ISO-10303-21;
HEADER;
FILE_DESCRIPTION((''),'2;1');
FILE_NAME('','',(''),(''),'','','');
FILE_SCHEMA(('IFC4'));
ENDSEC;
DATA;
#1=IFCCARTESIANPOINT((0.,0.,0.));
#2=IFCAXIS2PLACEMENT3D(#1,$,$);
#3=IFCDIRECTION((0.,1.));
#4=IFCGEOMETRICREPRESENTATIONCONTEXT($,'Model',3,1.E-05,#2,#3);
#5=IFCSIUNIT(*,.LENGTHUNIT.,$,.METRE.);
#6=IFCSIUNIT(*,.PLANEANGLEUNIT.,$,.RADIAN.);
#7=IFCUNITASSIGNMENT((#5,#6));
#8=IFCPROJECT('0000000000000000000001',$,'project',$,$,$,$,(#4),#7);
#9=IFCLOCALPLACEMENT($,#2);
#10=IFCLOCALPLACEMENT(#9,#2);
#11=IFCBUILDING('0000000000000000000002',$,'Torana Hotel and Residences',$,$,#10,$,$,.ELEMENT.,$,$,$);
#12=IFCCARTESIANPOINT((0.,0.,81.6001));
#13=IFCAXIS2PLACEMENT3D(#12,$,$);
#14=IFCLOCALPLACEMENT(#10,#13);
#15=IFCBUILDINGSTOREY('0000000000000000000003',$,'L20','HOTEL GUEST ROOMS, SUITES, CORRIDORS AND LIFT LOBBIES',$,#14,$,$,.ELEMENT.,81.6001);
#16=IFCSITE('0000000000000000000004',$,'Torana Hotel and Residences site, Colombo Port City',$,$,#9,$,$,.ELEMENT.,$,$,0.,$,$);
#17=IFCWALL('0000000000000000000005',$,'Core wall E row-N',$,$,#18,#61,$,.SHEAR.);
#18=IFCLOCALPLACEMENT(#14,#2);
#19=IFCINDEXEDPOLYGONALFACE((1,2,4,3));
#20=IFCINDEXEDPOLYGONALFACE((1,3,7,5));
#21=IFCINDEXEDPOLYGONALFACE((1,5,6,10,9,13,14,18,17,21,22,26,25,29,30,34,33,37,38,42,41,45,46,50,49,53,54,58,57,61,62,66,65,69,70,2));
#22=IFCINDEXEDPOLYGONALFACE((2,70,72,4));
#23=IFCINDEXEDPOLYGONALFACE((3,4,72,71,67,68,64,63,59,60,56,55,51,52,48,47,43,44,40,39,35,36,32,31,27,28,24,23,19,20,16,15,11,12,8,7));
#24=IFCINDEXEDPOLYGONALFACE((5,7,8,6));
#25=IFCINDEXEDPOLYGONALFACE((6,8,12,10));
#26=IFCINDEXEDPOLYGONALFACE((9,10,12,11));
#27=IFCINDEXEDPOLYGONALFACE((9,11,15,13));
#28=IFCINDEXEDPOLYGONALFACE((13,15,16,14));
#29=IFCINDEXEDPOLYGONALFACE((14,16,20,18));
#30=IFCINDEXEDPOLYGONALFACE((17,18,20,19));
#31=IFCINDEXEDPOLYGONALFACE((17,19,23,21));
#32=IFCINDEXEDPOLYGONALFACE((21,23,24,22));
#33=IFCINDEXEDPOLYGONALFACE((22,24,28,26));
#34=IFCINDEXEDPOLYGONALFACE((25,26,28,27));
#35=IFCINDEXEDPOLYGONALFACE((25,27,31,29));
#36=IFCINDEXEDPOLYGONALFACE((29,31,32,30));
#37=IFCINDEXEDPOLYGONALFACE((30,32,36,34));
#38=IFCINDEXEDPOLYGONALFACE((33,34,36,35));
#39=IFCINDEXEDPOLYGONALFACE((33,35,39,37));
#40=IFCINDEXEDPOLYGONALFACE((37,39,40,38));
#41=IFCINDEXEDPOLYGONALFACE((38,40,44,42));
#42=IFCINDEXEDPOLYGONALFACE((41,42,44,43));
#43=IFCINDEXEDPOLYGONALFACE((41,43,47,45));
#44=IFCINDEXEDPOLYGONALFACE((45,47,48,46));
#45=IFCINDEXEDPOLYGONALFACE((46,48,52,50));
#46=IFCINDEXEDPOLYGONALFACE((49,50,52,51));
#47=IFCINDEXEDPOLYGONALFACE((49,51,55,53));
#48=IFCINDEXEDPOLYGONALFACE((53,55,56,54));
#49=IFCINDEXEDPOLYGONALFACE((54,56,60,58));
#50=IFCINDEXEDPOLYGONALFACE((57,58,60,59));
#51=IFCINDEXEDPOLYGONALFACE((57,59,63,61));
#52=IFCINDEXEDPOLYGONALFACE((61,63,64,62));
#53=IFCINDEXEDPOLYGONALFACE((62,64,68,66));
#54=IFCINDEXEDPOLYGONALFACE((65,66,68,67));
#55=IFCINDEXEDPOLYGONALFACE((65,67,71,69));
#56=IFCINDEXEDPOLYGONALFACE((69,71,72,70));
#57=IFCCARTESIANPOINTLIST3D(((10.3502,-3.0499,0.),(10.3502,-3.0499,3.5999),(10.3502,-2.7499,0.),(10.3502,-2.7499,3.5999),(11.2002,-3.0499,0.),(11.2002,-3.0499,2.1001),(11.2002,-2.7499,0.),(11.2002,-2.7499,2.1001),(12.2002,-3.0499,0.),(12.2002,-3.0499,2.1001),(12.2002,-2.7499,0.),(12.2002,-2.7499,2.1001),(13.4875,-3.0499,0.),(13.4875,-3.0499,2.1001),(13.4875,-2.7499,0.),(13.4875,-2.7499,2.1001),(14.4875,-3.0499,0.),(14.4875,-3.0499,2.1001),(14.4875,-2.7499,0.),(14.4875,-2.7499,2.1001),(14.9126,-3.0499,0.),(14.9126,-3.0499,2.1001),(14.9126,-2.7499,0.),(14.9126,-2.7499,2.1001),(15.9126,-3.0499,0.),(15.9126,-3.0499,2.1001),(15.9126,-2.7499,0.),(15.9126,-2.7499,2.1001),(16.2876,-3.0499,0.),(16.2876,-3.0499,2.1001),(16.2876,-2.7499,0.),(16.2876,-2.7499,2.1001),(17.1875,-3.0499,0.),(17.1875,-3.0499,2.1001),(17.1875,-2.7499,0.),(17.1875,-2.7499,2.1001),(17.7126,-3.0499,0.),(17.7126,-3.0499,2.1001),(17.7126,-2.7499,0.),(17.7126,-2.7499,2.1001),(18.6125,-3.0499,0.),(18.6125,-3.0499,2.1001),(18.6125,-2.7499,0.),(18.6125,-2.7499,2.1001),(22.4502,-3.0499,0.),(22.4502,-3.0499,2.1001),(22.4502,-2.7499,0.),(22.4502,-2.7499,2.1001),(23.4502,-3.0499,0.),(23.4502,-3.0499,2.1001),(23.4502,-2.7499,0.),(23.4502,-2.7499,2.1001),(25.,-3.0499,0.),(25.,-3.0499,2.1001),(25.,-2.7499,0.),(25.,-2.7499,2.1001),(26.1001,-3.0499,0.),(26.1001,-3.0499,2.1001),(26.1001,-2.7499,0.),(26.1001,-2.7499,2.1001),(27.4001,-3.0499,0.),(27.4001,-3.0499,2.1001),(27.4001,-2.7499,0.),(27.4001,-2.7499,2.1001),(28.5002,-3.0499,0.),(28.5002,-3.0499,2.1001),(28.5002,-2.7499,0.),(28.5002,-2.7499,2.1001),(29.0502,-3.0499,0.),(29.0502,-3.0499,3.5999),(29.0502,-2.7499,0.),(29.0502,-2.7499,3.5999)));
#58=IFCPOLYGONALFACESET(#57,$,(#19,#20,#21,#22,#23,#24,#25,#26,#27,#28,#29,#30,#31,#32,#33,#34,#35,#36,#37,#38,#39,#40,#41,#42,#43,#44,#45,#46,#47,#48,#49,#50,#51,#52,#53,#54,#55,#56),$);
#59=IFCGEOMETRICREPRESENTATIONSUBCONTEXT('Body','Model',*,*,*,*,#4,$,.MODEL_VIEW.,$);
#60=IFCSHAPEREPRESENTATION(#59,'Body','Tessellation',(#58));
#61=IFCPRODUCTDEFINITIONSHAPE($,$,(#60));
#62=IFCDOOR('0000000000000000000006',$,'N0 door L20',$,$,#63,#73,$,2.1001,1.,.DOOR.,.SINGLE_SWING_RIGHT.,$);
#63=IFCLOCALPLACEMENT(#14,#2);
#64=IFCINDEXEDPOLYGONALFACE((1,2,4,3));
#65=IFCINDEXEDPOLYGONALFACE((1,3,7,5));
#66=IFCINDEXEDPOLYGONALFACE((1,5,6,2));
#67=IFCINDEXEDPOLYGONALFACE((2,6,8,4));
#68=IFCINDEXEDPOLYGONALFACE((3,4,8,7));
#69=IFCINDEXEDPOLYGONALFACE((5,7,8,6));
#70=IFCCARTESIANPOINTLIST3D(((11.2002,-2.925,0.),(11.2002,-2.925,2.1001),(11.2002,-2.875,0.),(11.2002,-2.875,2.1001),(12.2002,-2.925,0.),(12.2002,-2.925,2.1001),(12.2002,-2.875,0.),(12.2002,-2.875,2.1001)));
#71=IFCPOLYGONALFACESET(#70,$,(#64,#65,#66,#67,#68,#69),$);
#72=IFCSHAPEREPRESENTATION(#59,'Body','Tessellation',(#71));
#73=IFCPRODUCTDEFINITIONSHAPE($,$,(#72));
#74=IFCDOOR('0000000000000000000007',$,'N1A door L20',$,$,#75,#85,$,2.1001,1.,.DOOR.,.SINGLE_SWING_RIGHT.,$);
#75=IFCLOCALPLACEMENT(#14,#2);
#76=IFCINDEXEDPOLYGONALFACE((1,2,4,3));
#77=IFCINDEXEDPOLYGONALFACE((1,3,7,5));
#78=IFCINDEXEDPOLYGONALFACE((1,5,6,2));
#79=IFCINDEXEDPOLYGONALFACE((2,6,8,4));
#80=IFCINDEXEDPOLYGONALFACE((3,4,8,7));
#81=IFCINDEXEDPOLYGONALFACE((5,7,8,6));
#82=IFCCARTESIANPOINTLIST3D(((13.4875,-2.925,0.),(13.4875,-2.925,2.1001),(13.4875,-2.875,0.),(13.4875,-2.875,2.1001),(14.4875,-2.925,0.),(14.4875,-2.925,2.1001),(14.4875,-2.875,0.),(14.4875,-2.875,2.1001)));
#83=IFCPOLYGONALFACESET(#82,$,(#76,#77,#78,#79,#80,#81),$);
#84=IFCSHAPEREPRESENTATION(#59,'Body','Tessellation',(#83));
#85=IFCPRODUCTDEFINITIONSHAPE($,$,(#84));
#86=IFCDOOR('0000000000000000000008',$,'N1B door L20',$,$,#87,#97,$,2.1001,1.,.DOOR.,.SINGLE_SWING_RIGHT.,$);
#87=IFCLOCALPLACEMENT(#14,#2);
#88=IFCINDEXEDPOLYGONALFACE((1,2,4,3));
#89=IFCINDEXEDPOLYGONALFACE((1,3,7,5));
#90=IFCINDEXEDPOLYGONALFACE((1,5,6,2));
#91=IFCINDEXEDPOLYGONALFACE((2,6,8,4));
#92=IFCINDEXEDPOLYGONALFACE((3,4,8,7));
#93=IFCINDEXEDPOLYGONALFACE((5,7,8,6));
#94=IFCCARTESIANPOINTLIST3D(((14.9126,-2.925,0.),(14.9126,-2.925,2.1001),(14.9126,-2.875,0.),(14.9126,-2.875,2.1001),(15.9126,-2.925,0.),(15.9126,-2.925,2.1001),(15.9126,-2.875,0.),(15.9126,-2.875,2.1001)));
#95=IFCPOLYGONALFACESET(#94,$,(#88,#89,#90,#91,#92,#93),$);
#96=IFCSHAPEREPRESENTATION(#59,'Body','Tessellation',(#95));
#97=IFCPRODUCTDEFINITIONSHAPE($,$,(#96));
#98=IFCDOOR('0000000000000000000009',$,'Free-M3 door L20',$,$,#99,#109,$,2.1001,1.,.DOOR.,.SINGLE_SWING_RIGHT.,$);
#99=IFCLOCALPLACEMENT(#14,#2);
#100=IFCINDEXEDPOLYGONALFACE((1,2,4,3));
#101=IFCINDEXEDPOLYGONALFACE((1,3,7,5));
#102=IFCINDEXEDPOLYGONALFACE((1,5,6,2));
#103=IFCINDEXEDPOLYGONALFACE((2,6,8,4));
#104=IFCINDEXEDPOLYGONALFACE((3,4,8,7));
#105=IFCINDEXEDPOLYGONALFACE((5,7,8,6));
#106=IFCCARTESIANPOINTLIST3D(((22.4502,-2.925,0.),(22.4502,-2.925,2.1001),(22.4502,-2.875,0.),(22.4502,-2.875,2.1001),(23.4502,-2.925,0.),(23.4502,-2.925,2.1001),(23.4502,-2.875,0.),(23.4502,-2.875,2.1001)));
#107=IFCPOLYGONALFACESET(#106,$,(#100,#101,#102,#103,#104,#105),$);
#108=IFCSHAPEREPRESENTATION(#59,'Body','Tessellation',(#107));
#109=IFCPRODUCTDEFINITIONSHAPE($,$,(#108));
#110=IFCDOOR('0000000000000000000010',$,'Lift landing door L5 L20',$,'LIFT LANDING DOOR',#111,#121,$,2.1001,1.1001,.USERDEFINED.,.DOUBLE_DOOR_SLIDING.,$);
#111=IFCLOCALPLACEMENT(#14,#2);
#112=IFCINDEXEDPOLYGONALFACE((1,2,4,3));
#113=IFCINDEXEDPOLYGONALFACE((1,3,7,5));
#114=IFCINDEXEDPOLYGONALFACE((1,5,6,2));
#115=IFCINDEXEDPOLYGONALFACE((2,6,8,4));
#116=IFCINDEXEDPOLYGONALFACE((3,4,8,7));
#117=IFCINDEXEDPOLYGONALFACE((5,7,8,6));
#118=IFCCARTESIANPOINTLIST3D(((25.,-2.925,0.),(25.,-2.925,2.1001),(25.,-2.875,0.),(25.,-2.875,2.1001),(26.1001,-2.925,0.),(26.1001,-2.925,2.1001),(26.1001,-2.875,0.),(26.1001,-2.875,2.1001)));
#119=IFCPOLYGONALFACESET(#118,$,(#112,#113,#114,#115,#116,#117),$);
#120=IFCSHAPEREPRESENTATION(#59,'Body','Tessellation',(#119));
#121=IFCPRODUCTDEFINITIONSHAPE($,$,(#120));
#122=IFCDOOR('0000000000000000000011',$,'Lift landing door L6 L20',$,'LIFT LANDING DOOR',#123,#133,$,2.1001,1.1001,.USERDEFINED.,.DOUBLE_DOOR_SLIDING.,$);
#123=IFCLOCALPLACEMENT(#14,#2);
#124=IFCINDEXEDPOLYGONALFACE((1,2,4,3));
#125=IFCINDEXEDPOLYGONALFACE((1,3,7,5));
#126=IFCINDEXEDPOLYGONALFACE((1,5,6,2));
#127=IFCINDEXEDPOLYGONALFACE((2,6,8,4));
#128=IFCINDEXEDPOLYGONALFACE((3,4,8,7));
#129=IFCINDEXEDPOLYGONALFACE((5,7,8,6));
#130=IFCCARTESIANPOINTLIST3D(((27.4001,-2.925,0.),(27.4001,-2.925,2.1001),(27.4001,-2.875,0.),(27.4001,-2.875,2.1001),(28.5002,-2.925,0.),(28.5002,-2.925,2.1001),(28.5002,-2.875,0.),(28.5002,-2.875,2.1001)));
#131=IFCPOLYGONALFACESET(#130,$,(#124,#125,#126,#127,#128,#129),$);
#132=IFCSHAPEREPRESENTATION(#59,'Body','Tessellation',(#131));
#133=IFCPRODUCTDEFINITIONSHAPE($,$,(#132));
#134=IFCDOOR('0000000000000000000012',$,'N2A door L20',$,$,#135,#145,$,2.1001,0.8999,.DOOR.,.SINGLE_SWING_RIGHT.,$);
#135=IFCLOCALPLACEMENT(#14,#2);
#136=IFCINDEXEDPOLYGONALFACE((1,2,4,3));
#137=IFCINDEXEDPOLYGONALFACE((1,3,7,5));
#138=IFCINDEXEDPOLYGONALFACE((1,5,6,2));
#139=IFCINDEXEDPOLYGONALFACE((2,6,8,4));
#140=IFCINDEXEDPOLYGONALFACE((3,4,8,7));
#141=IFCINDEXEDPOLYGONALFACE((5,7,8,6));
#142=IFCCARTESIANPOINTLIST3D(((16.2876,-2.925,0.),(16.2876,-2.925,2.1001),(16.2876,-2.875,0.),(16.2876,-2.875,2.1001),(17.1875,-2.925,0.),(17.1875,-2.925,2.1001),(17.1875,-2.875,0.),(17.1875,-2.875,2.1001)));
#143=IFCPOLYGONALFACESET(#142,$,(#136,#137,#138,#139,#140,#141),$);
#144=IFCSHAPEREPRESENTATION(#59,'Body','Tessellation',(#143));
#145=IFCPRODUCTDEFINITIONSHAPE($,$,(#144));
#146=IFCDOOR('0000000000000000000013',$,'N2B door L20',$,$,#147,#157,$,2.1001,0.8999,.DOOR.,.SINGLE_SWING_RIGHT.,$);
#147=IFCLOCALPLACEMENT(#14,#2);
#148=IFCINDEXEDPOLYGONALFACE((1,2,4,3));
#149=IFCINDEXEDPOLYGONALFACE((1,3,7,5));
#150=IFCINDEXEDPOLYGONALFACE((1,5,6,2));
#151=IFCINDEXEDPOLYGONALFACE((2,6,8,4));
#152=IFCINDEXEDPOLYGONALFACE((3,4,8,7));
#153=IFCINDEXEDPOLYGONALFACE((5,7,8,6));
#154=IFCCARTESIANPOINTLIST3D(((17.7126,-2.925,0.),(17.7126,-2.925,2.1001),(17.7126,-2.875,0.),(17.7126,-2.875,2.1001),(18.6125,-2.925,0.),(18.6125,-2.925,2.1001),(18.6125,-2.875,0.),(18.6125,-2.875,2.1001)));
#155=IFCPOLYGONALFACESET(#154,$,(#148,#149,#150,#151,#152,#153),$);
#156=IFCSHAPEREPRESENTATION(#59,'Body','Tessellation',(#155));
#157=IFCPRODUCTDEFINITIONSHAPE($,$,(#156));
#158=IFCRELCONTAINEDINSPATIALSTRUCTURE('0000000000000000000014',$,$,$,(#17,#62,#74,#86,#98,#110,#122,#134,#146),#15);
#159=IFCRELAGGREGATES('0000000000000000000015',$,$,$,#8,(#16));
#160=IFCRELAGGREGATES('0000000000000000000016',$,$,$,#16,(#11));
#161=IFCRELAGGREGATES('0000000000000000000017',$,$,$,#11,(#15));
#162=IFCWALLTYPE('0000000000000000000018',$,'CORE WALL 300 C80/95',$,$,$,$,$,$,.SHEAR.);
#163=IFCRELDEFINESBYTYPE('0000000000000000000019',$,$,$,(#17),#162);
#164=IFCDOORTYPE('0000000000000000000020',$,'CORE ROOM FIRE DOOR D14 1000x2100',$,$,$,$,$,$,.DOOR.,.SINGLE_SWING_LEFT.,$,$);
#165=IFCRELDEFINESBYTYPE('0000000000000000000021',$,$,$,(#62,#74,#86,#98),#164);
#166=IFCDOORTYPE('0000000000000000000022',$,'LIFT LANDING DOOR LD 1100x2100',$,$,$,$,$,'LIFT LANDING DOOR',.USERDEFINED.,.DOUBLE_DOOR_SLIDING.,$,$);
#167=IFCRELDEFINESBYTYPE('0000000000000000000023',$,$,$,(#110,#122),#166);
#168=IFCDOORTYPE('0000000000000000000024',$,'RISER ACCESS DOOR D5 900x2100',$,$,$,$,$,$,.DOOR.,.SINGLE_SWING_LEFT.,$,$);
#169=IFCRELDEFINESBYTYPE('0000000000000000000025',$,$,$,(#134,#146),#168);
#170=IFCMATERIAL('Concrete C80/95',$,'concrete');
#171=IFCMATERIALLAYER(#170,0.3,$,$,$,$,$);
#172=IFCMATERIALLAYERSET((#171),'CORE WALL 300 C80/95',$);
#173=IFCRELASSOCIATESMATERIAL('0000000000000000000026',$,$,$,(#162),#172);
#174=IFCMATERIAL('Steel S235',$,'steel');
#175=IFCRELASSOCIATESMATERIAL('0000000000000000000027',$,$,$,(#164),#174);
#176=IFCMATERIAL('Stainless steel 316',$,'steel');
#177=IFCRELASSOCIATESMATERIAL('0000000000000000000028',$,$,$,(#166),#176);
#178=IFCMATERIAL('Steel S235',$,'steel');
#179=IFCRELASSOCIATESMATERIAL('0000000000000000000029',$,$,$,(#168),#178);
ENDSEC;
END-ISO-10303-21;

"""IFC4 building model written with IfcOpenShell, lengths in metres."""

from ifc_helpers import new_model, si_unit, direction, frame, frame_2d, origin, place, context, subcontext, project, spatial, rectangle, extrude, material, layer, layer_set, type_object, element, fill, save


model = new_model("IFC4")

# Units and contexts
model_context = context("Model", 3, precision=1e-05, world=origin(), true_north=direction((0.0, 1.0)))
body_context = subcontext(model_context, "Body", "Model", "MODEL_VIEW")
ifc_project = project(units=[si_unit("LENGTHUNIT", "METRE"), si_unit("PLANEANGLEUNIT", "RADIAN")], contexts=[model_context])

# Site, building, storey
site_placement = place(None, origin())
site = spatial("IfcSite", under=ifc_project, at=site_placement, Name="Torana Hotel and Residences site, Colombo Port City", CompositionType="ELEMENT", RefElevation=0.0)
building_placement = place(site_placement, origin())
building = spatial("IfcBuilding", under=site, at=building_placement, Name="Torana Hotel and Residences", CompositionType="ELEMENT")
storey_placement = place(building_placement, frame((0.0, 0.0, 81.6001)))
storey = spatial("IfcBuildingStorey", under=building, at=storey_placement, Name="L20", Description="HOTEL GUEST ROOMS, SUITES, CORRIDORS AND LIFT LOBBIES", CompositionType="ELEMENT", Elevation=81.6001)

# Wall, openings, doors
ifc_material_1 = material(Name="Concrete C80/95", Category="concrete")
ifc_layer_1 = layer(ifc_material_1, 0.3)
ifc_layer_set_1 = layer_set([ifc_layer_1], Name="CORE WALL 300 C80/95")
wall_type_1 = type_object("IfcWallType", Name="CORE WALL 300 C80/95", PredefinedType="SHEAR", material=ifc_layer_set_1)
wall_1_placement = place(storey_placement, frame((10.3501, -2.8999, 0.0), z_axis=(0.0, 0.0, 1.0), x_axis=(1.0, 0.0, 0.0)))
wall_1 = element("IfcWall", 1, at=wall_1_placement, inside=storey, type_object=wall_type_1, Name="Core wall E row-N", PredefinedType="SHEAR", context=body_context, shape_type="SweptSolid", body=[
    extrude(rectangle(XDim=18.7, YDim=0.3, at=frame_2d((9.3501, 0.0))), origin(), (0.0, 0.0, 1.0), 3.5999),
])
opening_1_placement = place(wall_1_placement, frame((14.6499, 0.0, 0.0)))
opening_1 = element("IfcOpeningElement", 2, at=opening_1_placement, cuts=wall_1, PredefinedType="OPENING", context=body_context, shape_type="SweptSolid", body=[
    extrude(rectangle(XDim=1.1001, YDim=2.1001, at=frame_2d((0.55, 1.05))), frame((0.0, 0.1599, 0.0), z_axis=(0.0, -1.0, 0.0), x_axis=(1.0, 0.0, 0.0)), (0.0, 0.0, 1.0), 0.3201),
])
opening_2_placement = place(wall_1_placement, frame((17.05, 0.0, 0.0)))
opening_2 = element("IfcOpeningElement", 3, at=opening_2_placement, cuts=wall_1, PredefinedType="OPENING", context=body_context, shape_type="SweptSolid", body=[
    extrude(rectangle(XDim=1.1001, YDim=2.1001, at=frame_2d((0.55, 1.05))), frame((0.0, 0.1599, 0.0), z_axis=(0.0, -1.0, 0.0), x_axis=(1.0, 0.0, 0.0)), (0.0, 0.0, 1.0), 0.3201),
])
opening_3_placement = place(wall_1_placement, frame((5.9375, 0.0, 0.0)))
opening_3 = element("IfcOpeningElement", 4, at=opening_3_placement, cuts=wall_1, PredefinedType="OPENING", context=body_context, shape_type="SweptSolid", body=[
    extrude(rectangle(XDim=0.8999, YDim=2.1001, at=frame_2d((0.45, 1.05))), frame((0.0, 0.1599, 0.0), z_axis=(0.0, -1.0, 0.0), x_axis=(1.0, 0.0, 0.0)), (0.0, 0.0, 1.0), 0.3201),
])
opening_4_placement = place(wall_1_placement, frame((7.3625, 0.0, 0.0)))
opening_4 = element("IfcOpeningElement", 5, at=opening_4_placement, cuts=wall_1, PredefinedType="OPENING", context=body_context, shape_type="SweptSolid", body=[
    extrude(rectangle(XDim=0.8999, YDim=2.1001, at=frame_2d((0.45, 1.05))), frame((0.0, 0.1599, 0.0), z_axis=(0.0, -1.0, 0.0), x_axis=(1.0, 0.0, 0.0)), (0.0, 0.0, 1.0), 0.3201),
])
opening_5_placement = place(wall_1_placement, frame((0.8501, 0.0, 0.0)))
opening_5 = element("IfcOpeningElement", 6, at=opening_5_placement, cuts=wall_1, PredefinedType="OPENING", context=body_context, shape_type="SweptSolid", body=[
    extrude(rectangle(XDim=1.0, YDim=2.1001, at=frame_2d((0.5, 1.05))), frame((0.0, 0.1599, 0.0), z_axis=(0.0, -1.0, 0.0), x_axis=(1.0, 0.0, 0.0)), (0.0, 0.0, 1.0), 0.3201),
])
opening_6_placement = place(wall_1_placement, frame((3.1375, 0.0, 0.0)))
opening_6 = element("IfcOpeningElement", 7, at=opening_6_placement, cuts=wall_1, PredefinedType="OPENING", context=body_context, shape_type="SweptSolid", body=[
    extrude(rectangle(XDim=1.0, YDim=2.1001, at=frame_2d((0.5, 1.05))), frame((0.0, 0.1599, 0.0), z_axis=(0.0, -1.0, 0.0), x_axis=(1.0, 0.0, 0.0)), (0.0, 0.0, 1.0), 0.3201),
])
opening_7_placement = place(wall_1_placement, frame((4.5625, 0.0, 0.0)))
opening_7 = element("IfcOpeningElement", 8, at=opening_7_placement, cuts=wall_1, PredefinedType="OPENING", context=body_context, shape_type="SweptSolid", body=[
    extrude(rectangle(XDim=1.0, YDim=2.1001, at=frame_2d((0.5, 1.05))), frame((0.0, 0.1599, 0.0), z_axis=(0.0, -1.0, 0.0), x_axis=(1.0, 0.0, 0.0)), (0.0, 0.0, 1.0), 0.3201),
])
opening_8_placement = place(wall_1_placement, frame((12.1001, 0.0, 0.0)))
opening_8 = element("IfcOpeningElement", 9, at=opening_8_placement, cuts=wall_1, PredefinedType="OPENING", context=body_context, shape_type="SweptSolid", body=[
    extrude(rectangle(XDim=1.0, YDim=2.1001, at=frame_2d((0.5, 1.05))), frame((0.0, 0.1599, 0.0), z_axis=(0.0, -1.0, 0.0), x_axis=(1.0, 0.0, 0.0)), (0.0, 0.0, 1.0), 0.3201),
])
ifc_material_2 = material(Name="Steel S235", Category="steel")
door_type_1 = type_object("IfcDoorType", Name="CORE ROOM FIRE DOOR D14 1000x2100", OperationType="SINGLE_SWING_LEFT", PredefinedType="DOOR", material=ifc_material_2)
door_1_placement = place(opening_5_placement, origin())
door_1 = element("IfcDoor", 10, at=door_1_placement, inside=storey, type_object=door_type_1, Name="N0 door L20", OperationType="SINGLE_SWING_RIGHT", OverallHeight=2.1001, OverallWidth=1.0, PredefinedType="DOOR", context=body_context, shape_type="SweptSolid", body=[
    extrude(rectangle(XDim=1.0, YDim=2.1001, at=frame_2d((0.5, 1.05))), frame((0.0, 0.0249, 0.0), z_axis=(0.0, -1.0, 0.0), x_axis=(1.0, 0.0, 0.0)), (0.0, 0.0, 1.0), 0.05),
])
fill(opening_5, door_1)
door_2_placement = place(opening_6_placement, origin())
door_2 = element("IfcDoor", 11, at=door_2_placement, inside=storey, type_object=door_type_1, Name="N1A door L20", OperationType="SINGLE_SWING_RIGHT", OverallHeight=2.1001, OverallWidth=1.0, PredefinedType="DOOR", context=body_context, shape_type="SweptSolid", body=[
    extrude(rectangle(XDim=1.0, YDim=2.1001, at=frame_2d((0.5, 1.05))), frame((0.0, 0.0249, 0.0), z_axis=(0.0, -1.0, 0.0), x_axis=(1.0, 0.0, 0.0)), (0.0, 0.0, 1.0), 0.05),
])
fill(opening_6, door_2)
door_3_placement = place(opening_7_placement, origin())
door_3 = element("IfcDoor", 12, at=door_3_placement, inside=storey, type_object=door_type_1, Name="N1B door L20", OperationType="SINGLE_SWING_RIGHT", OverallHeight=2.1001, OverallWidth=1.0, PredefinedType="DOOR", context=body_context, shape_type="SweptSolid", body=[
    extrude(rectangle(XDim=1.0, YDim=2.1001, at=frame_2d((0.5, 1.05))), frame((0.0, 0.0249, 0.0), z_axis=(0.0, -1.0, 0.0), x_axis=(1.0, 0.0, 0.0)), (0.0, 0.0, 1.0), 0.05),
])
fill(opening_7, door_3)
door_4_placement = place(opening_8_placement, origin())
door_4 = element("IfcDoor", 13, at=door_4_placement, inside=storey, type_object=door_type_1, Name="Free-M3 door L20", OperationType="SINGLE_SWING_RIGHT", OverallHeight=2.1001, OverallWidth=1.0, PredefinedType="DOOR", context=body_context, shape_type="SweptSolid", body=[
    extrude(rectangle(XDim=1.0, YDim=2.1001, at=frame_2d((0.5, 1.05))), frame((0.0, 0.0249, 0.0), z_axis=(0.0, -1.0, 0.0), x_axis=(1.0, 0.0, 0.0)), (0.0, 0.0, 1.0), 0.05),
])
fill(opening_8, door_4)
ifc_material_3 = material(Name="Stainless steel 316", Category="steel")
door_type_2 = type_object("IfcDoorType", Name="LIFT LANDING DOOR LD 1100x2100", ElementType="LIFT LANDING DOOR", OperationType="DOUBLE_DOOR_SLIDING", PredefinedType="USERDEFINED", material=ifc_material_3)
door_5_placement = place(opening_1_placement, origin())
door_5 = element("IfcDoor", 14, at=door_5_placement, inside=storey, type_object=door_type_2, Name="Lift landing door L5 L20", ObjectType="LIFT LANDING DOOR", OperationType="DOUBLE_DOOR_SLIDING", OverallHeight=2.1001, OverallWidth=1.1001, PredefinedType="USERDEFINED", context=body_context, shape_type="SweptSolid", body=[
    extrude(rectangle(XDim=1.1001, YDim=2.1001, at=frame_2d((0.55, 1.05))), frame((0.0, 0.0249, 0.0), z_axis=(0.0, -1.0, 0.0), x_axis=(1.0, 0.0, 0.0)), (0.0, 0.0, 1.0), 0.05),
])
fill(opening_1, door_5)
door_6_placement = place(opening_2_placement, origin())
door_6 = element("IfcDoor", 15, at=door_6_placement, inside=storey, type_object=door_type_2, Name="Lift landing door L6 L20", ObjectType="LIFT LANDING DOOR", OperationType="DOUBLE_DOOR_SLIDING", OverallHeight=2.1001, OverallWidth=1.1001, PredefinedType="USERDEFINED", context=body_context, shape_type="SweptSolid", body=[
    extrude(rectangle(XDim=1.1001, YDim=2.1001, at=frame_2d((0.55, 1.05))), frame((0.0, 0.0249, 0.0), z_axis=(0.0, -1.0, 0.0), x_axis=(1.0, 0.0, 0.0)), (0.0, 0.0, 1.0), 0.05),
])
fill(opening_2, door_6)
ifc_material_4 = material(Name="Steel S235", Category="steel")
door_type_3 = type_object("IfcDoorType", Name="RISER ACCESS DOOR D5 900x2100", OperationType="SINGLE_SWING_LEFT", PredefinedType="DOOR", material=ifc_material_4)
door_7_placement = place(opening_3_placement, origin())
door_7 = element("IfcDoor", 16, at=door_7_placement, inside=storey, type_object=door_type_3, Name="N2A door L20", OperationType="SINGLE_SWING_RIGHT", OverallHeight=2.1001, OverallWidth=0.8999, PredefinedType="DOOR", context=body_context, shape_type="SweptSolid", body=[
    extrude(rectangle(XDim=0.8999, YDim=2.1001, at=frame_2d((0.45, 1.05))), frame((0.0, 0.0249, 0.0), z_axis=(0.0, -1.0, 0.0), x_axis=(1.0, 0.0, 0.0)), (0.0, 0.0, 1.0), 0.05),
])
fill(opening_3, door_7)
door_8_placement = place(opening_4_placement, origin())
door_8 = element("IfcDoor", 17, at=door_8_placement, inside=storey, type_object=door_type_3, Name="N2B door L20", OperationType="SINGLE_SWING_RIGHT", OverallHeight=2.1001, OverallWidth=0.8999, PredefinedType="DOOR", context=body_context, shape_type="SweptSolid", body=[
    extrude(rectangle(XDim=0.8999, YDim=2.1001, at=frame_2d((0.45, 1.05))), frame((0.0, 0.0249, 0.0), z_axis=(0.0, -1.0, 0.0), x_axis=(1.0, 0.0, 0.0)), (0.0, 0.0, 1.0), 0.05),
])
fill(opening_4, door_8)

save(model, "model.ifc")
